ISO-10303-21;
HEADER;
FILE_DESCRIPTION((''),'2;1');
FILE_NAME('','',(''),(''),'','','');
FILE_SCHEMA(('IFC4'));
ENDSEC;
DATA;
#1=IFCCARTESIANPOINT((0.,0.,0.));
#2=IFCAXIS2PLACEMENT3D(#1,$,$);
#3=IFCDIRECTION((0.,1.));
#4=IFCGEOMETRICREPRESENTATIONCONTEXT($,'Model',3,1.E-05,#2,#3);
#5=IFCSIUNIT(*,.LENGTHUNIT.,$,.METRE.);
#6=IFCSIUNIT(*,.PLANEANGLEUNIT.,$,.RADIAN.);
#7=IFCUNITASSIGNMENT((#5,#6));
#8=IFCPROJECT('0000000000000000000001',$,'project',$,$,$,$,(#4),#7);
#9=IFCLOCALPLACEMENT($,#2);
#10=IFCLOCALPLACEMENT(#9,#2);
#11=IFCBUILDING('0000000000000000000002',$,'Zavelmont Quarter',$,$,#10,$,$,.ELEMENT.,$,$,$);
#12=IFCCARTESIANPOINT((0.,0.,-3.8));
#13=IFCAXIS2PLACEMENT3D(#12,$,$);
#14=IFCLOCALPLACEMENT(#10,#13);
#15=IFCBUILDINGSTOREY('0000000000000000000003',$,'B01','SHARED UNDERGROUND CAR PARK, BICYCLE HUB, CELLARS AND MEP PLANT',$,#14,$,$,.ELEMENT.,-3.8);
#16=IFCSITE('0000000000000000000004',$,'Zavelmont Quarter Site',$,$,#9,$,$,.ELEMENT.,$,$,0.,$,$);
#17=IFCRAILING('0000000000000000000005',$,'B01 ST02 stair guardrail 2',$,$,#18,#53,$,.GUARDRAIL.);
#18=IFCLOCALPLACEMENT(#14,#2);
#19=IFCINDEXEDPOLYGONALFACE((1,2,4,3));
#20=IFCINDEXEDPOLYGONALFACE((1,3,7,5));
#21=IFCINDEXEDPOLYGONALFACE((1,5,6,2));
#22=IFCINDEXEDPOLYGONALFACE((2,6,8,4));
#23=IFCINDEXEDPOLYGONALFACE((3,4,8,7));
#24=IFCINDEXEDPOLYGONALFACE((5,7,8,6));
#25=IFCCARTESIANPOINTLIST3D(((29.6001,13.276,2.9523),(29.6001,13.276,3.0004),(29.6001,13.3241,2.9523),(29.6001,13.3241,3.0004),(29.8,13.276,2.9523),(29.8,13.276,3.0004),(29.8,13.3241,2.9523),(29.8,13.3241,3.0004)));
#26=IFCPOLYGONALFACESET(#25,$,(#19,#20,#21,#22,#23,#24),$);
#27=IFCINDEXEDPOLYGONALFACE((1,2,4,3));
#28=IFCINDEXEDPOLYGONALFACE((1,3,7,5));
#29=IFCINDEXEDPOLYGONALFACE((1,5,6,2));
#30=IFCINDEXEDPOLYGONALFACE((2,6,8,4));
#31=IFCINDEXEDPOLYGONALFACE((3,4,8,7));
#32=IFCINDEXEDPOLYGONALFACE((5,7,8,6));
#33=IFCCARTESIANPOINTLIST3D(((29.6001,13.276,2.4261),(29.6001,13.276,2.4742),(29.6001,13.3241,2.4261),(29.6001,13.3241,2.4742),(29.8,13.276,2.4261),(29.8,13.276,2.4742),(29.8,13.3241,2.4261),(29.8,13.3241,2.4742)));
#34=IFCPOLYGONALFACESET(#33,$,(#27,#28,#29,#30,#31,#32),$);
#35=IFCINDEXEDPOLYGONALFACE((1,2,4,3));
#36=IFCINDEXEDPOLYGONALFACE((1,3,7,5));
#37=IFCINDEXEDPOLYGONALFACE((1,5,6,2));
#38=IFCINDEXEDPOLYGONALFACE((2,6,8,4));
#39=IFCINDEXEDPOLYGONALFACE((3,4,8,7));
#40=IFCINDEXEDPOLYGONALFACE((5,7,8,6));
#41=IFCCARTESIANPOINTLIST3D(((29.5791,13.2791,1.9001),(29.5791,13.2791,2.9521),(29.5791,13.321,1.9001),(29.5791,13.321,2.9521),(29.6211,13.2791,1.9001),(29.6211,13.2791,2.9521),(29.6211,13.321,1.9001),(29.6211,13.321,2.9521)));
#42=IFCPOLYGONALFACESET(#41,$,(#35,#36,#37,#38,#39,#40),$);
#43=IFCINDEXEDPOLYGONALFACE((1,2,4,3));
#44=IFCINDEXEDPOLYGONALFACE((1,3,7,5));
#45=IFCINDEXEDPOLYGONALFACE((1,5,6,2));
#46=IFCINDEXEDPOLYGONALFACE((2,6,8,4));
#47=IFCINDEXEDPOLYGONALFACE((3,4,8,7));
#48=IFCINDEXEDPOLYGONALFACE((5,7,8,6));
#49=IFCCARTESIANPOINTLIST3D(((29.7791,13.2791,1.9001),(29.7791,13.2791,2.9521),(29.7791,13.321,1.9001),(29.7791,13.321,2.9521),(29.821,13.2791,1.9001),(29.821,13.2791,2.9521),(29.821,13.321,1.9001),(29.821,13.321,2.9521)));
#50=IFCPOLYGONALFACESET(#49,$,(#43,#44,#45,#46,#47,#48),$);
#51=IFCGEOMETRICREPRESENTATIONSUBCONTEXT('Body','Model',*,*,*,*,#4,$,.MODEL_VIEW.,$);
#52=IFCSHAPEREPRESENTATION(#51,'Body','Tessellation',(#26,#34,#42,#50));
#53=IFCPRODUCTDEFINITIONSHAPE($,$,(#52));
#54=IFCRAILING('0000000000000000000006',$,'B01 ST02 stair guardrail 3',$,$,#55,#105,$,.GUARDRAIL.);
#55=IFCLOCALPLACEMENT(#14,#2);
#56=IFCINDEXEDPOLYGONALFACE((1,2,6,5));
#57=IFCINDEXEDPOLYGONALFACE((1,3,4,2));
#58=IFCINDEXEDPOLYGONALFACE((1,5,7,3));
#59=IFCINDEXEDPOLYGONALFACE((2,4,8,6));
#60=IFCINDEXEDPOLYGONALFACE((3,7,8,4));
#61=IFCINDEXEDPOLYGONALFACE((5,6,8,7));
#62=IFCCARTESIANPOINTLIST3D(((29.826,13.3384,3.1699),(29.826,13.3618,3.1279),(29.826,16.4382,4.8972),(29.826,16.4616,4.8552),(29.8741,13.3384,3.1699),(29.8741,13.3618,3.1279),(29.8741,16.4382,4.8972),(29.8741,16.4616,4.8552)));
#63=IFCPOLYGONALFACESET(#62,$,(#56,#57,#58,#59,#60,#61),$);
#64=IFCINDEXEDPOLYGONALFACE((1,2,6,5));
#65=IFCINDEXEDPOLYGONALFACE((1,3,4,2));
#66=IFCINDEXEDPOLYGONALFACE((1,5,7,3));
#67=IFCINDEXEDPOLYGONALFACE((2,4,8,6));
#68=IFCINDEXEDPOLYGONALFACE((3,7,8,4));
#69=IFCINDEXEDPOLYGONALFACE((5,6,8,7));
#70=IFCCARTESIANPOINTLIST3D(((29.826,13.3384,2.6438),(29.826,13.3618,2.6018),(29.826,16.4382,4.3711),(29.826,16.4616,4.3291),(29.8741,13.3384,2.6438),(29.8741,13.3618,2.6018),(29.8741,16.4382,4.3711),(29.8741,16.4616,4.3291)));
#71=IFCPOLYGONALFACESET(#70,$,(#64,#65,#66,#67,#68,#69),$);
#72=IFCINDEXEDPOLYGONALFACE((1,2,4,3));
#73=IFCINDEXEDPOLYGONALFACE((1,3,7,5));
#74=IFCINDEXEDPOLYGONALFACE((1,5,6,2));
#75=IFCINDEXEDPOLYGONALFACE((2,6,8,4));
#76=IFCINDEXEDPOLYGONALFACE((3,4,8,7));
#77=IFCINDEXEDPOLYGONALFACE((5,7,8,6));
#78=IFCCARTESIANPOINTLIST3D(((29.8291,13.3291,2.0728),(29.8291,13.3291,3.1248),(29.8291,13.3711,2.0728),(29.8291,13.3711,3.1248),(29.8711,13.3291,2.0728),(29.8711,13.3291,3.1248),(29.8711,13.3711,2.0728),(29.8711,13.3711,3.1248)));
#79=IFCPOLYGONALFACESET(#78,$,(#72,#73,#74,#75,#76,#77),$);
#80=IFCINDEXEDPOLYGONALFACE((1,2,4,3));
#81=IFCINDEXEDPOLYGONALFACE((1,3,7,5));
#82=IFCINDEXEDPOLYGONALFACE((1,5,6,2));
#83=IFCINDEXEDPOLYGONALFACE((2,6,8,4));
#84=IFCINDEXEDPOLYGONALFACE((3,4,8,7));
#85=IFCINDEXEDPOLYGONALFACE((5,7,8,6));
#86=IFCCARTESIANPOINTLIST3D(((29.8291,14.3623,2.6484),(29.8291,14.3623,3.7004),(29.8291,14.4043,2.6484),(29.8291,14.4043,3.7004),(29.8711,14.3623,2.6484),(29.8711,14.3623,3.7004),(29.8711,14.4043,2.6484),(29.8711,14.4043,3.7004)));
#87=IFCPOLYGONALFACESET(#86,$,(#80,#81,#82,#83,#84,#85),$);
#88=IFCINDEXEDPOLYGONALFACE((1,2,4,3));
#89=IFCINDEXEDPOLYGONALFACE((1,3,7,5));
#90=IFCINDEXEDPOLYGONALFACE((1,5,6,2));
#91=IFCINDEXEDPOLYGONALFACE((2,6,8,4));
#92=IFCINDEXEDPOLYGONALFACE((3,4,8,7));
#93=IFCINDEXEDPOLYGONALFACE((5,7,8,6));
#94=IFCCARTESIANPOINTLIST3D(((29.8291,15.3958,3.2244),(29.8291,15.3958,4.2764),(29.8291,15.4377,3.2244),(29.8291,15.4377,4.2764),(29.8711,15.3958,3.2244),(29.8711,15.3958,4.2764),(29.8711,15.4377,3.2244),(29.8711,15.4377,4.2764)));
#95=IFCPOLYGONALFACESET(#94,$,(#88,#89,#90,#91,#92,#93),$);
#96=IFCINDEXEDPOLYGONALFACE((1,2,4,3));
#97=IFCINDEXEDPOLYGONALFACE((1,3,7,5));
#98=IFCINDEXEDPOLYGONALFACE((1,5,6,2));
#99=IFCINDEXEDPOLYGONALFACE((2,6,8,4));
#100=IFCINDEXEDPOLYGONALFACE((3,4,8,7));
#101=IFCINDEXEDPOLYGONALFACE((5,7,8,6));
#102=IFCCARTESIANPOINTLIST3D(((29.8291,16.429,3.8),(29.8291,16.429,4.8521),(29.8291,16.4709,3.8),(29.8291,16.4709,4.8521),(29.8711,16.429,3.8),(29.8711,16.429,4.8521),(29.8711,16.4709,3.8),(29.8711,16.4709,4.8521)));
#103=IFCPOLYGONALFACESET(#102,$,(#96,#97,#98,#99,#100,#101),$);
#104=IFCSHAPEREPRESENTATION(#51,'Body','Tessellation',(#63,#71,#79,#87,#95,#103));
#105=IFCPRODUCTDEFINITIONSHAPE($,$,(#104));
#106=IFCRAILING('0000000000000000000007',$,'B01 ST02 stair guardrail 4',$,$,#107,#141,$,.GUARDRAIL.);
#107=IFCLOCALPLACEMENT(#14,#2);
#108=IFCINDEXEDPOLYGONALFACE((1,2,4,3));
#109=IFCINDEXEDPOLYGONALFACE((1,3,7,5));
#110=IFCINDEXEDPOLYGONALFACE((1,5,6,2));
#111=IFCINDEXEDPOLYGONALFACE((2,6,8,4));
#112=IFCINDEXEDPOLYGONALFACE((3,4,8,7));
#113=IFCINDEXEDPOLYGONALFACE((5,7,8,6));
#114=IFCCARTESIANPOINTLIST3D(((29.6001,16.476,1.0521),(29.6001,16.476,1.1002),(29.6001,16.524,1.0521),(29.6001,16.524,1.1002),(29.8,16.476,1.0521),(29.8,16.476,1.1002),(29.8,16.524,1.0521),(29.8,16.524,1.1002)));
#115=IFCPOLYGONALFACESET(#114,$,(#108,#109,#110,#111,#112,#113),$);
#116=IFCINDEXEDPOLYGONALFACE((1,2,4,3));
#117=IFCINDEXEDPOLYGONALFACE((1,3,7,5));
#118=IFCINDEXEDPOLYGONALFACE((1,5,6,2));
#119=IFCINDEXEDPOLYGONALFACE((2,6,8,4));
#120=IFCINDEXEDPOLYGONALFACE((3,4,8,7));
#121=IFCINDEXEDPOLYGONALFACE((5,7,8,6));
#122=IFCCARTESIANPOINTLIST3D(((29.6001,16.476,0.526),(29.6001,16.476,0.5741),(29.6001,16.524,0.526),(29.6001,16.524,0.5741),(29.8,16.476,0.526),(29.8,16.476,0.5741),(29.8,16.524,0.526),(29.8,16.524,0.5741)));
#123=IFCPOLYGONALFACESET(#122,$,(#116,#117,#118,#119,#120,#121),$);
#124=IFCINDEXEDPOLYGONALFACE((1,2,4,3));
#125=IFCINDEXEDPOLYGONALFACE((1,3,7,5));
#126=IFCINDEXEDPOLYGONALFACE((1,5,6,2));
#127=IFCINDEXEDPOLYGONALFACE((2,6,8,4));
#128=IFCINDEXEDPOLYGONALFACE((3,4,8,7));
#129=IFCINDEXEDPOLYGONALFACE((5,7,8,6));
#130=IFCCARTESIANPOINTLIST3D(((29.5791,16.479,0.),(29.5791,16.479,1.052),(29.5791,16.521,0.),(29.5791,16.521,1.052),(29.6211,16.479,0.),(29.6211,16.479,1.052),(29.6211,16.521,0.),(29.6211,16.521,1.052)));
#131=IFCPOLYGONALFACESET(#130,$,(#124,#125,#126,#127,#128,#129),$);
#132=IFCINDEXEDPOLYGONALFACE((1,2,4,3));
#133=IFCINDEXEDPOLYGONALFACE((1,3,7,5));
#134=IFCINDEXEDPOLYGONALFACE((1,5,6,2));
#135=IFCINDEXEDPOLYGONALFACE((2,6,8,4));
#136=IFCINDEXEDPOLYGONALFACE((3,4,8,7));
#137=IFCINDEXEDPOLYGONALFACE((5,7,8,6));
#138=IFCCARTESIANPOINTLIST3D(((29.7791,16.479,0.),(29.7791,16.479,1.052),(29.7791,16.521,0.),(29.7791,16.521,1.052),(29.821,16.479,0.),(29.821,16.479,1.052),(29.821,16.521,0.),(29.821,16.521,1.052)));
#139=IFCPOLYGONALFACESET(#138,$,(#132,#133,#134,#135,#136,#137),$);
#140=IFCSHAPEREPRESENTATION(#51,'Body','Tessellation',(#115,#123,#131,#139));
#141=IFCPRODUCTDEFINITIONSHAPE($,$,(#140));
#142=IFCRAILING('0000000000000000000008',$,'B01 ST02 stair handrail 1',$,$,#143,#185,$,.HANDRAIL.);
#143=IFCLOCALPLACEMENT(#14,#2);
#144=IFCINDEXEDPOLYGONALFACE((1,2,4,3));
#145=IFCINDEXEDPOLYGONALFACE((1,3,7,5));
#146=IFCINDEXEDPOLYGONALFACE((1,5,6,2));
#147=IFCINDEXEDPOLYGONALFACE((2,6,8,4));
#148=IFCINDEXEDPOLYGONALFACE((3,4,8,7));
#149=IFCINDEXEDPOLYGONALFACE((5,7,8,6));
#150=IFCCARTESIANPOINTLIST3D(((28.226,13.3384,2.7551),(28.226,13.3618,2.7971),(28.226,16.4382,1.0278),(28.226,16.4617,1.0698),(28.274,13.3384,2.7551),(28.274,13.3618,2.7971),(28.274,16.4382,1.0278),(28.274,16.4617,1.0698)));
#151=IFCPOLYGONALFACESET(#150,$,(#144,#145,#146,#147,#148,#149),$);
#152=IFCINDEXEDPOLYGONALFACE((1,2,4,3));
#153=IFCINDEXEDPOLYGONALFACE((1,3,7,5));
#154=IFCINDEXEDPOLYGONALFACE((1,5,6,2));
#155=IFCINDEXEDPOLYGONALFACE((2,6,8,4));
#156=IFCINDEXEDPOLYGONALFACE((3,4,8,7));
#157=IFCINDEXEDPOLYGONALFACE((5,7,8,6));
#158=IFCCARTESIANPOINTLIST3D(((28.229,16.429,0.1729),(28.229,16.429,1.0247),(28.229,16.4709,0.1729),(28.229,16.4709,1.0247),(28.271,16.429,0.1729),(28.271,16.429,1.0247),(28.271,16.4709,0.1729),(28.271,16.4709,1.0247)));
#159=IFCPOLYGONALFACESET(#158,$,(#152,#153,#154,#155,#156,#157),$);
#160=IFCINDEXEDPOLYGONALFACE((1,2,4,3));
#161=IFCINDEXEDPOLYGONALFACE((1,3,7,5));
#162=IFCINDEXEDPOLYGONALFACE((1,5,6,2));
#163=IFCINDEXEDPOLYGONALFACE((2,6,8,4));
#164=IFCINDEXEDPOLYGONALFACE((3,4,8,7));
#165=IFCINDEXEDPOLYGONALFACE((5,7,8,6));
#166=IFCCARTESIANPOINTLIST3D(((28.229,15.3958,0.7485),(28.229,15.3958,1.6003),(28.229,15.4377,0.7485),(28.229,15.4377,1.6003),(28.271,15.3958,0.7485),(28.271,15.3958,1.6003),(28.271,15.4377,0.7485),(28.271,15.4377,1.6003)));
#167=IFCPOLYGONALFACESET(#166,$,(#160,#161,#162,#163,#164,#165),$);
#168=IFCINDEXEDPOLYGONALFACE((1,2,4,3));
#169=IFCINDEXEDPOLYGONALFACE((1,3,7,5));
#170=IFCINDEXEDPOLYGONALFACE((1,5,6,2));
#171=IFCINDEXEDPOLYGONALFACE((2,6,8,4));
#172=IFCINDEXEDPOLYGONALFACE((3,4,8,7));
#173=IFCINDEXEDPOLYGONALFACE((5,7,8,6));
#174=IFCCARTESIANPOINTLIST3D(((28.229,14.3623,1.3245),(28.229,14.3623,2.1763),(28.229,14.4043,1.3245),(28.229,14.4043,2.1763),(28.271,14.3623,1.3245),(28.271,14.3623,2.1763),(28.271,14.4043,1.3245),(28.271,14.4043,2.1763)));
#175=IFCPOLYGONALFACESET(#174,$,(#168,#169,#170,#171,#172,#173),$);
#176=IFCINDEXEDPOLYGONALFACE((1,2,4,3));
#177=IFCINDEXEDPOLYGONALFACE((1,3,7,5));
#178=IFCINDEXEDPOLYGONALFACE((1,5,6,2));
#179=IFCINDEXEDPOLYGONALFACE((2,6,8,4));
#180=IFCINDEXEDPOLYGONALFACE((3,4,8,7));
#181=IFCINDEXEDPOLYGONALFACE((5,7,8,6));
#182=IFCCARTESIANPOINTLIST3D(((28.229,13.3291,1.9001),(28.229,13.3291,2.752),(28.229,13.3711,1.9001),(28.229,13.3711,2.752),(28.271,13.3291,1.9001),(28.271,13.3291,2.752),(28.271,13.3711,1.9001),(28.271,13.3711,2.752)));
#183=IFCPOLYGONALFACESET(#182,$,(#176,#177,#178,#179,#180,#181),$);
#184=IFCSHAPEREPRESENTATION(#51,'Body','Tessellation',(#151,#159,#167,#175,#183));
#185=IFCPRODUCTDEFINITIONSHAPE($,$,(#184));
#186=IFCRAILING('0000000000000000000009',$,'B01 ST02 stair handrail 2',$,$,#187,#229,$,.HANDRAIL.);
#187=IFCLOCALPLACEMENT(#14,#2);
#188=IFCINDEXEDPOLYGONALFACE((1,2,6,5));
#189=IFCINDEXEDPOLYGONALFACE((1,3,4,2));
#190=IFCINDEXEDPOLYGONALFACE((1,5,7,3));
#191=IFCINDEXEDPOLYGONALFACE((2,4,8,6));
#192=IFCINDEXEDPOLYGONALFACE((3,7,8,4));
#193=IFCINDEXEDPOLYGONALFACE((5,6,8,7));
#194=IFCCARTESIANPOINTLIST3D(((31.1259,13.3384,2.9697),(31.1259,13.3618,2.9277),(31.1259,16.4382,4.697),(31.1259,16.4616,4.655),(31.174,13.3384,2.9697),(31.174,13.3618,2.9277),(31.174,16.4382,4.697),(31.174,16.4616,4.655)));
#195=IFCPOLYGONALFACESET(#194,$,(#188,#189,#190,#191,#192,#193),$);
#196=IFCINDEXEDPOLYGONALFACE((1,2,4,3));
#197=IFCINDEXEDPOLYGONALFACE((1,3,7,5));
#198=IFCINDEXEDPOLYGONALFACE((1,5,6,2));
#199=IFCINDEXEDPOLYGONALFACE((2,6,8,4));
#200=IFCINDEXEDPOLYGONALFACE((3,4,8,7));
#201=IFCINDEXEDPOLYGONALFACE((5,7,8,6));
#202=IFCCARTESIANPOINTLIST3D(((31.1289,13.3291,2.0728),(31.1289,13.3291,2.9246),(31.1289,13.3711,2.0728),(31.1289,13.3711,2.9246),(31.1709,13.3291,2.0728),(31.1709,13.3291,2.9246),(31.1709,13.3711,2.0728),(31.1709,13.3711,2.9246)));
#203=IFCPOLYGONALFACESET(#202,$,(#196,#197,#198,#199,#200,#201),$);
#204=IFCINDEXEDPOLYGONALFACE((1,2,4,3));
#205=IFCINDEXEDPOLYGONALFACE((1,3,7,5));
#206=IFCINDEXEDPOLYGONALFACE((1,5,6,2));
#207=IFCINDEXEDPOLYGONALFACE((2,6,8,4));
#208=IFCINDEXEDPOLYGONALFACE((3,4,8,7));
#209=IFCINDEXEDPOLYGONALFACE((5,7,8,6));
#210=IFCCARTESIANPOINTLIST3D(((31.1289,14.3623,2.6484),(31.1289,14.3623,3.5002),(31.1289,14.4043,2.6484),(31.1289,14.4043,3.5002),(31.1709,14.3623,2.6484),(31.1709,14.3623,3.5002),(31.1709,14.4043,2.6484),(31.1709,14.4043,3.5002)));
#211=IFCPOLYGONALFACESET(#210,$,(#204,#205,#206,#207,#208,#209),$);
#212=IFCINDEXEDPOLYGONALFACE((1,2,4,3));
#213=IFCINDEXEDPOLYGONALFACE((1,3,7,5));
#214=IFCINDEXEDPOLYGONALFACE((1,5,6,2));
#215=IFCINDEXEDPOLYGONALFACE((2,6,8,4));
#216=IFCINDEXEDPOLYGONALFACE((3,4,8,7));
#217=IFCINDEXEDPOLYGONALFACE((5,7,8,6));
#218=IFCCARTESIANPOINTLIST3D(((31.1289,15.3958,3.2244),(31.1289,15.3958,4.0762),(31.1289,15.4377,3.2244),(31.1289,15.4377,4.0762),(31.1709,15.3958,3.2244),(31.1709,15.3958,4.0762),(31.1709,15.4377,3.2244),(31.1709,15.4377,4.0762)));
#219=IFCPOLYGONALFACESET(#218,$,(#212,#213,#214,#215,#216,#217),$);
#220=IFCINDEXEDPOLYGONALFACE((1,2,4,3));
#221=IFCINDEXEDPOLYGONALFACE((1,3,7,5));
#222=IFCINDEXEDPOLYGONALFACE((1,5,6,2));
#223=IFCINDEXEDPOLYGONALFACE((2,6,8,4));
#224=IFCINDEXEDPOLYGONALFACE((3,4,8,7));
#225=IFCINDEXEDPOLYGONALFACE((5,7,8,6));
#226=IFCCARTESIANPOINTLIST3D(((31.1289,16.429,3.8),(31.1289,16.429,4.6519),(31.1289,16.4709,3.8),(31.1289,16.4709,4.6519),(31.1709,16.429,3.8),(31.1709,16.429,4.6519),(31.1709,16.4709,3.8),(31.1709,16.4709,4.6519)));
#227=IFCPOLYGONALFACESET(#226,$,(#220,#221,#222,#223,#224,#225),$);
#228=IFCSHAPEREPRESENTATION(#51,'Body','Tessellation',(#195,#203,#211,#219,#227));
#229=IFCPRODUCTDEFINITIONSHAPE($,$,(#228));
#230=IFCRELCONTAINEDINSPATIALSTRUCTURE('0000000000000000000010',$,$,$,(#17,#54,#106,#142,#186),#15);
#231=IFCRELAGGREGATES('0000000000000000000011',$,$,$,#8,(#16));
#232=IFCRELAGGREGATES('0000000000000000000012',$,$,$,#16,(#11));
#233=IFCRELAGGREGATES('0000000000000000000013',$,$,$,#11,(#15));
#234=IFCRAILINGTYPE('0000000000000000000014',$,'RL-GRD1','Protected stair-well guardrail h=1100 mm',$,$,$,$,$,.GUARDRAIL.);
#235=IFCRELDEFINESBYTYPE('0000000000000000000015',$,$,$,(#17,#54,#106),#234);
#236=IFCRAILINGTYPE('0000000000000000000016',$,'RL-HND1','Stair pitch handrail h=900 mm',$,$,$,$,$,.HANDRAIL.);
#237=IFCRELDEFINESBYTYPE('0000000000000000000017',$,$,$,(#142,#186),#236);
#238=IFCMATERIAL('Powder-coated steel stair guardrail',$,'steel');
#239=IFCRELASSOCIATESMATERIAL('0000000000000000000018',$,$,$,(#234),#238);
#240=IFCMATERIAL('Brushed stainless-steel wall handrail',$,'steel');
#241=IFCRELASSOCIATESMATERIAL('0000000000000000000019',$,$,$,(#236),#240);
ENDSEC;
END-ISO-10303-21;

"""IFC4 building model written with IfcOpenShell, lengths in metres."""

from ifc_helpers import new_model, si_unit, direction, frame, origin, origin_2d, place, context, subcontext, project, spatial, rectangle, extrude, material, type_object, element, save


model = new_model("IFC4")

# Units and contexts
model_context = context("Model", 3, precision=1e-05, world=origin(), true_north=direction((0.0, 1.0)))
body_context = subcontext(model_context, "Body", "Model", "MODEL_VIEW")
ifc_project = project(units=[si_unit("LENGTHUNIT", "METRE"), si_unit("PLANEANGLEUNIT", "RADIAN")], contexts=[model_context])

# Site, building, storey
site_placement = place(None, origin())
site = spatial("IfcSite", under=ifc_project, at=site_placement, Name="Zavelmont Quarter Site", CompositionType="ELEMENT", RefElevation=0.0)
building_placement = place(site_placement, origin())
building = spatial("IfcBuilding", under=site, at=building_placement, Name="Zavelmont Quarter", CompositionType="ELEMENT")
storey_placement = place(building_placement, frame((0.0, 0.0, -3.8)))
storey = spatial("IfcBuildingStorey", under=building, at=storey_placement, Name="B01", Description="SHARED UNDERGROUND CAR PARK, BICYCLE HUB, CELLARS AND MEP PLANT", CompositionType="ELEMENT", Elevation=-3.8)

# Railings
ifc_material_1 = material(Name="Powder-coated steel stair guardrail", Category="steel")
railing_type_1 = type_object("IfcRailingType", Name="RL-GRD1", Description="Protected stair-well guardrail h=1100 mm", PredefinedType="GUARDRAIL", material=ifc_material_1)
railing_1_placement = place(storey_placement, frame((29.6001, 13.3, 1.9001)))
element("IfcRailing", 1, at=railing_1_placement, inside=storey, type_object=railing_type_1, Name="B01 ST02 stair guardrail 2", PredefinedType="GUARDRAIL", context=body_context, shape_type="SweptSolid", body=[
    extrude(rectangle(XDim=0.0481, YDim=0.0481, at=origin_2d()), frame((0.0, 0.0, 1.0762), z_axis=(1.0, 0.0, 0.0), x_axis=(0.0, 1.0, 0.0)), (0.0, 0.0, 1.0), 0.2),
    extrude(rectangle(XDim=0.0481, YDim=0.0481, at=origin_2d()), frame((0.0, 0.0, 0.55), z_axis=(1.0, 0.0, 0.0), x_axis=(0.0, 1.0, 0.0)), (0.0, 0.0, 1.0), 0.2),
    extrude(rectangle(XDim=0.042, YDim=0.042, at=origin_2d()), origin(), (0.0, 0.0, 1.0), 1.052),
    extrude(rectangle(XDim=0.042, YDim=0.042, at=origin_2d()), frame((0.2, 0.0, 0.0)), (0.0, 0.0, 1.0), 1.052),
])
railing_2_placement = place(storey_placement, frame((29.8501, 13.3501, 2.0728)))
element("IfcRailing", 2, at=railing_2_placement, inside=storey, type_object=railing_type_1, Name="B01 ST02 stair guardrail 3", PredefinedType="GUARDRAIL", context=body_context, shape_type="SweptSolid", body=[
    extrude(rectangle(XDim=0.0481, YDim=0.0481, at=origin_2d()), frame((0.0, 0.0, 1.0762), z_axis=(0.0, 0.87354, 0.486752), x_axis=(-1.0, 0.0, 0.0)), (0.0, 0.0, 1.0), 3.5486),
    extrude(rectangle(XDim=0.0481, YDim=0.0481, at=origin_2d()), frame((0.0, 0.0, 0.55), z_axis=(0.0, 0.87354, 0.486752), x_axis=(-1.0, 0.0, 0.0)), (0.0, 0.0, 1.0), 3.5486),
    extrude(rectangle(XDim=0.042, YDim=0.042, at=origin_2d()), origin(), (0.0, 0.0, 1.0), 1.052),
    extrude(rectangle(XDim=0.042, YDim=0.042, at=origin_2d()), frame((0.0, 1.0332, 0.5757)), (0.0, 0.0, 1.0), 1.052),
    extrude(rectangle(XDim=0.042, YDim=0.042, at=origin_2d()), frame((0.0, 2.0667, 1.1516)), (0.0, 0.0, 1.0), 1.052),
    extrude(rectangle(XDim=0.042, YDim=0.042, at=origin_2d()), frame((0.0, 3.0999, 1.7273)), (0.0, 0.0, 1.0), 1.052),
])
railing_3_placement = place(storey_placement, frame((29.6001, 16.5, 0.0)))
element("IfcRailing", 3, at=railing_3_placement, inside=storey, type_object=railing_type_1, Name="B01 ST02 stair guardrail 4", PredefinedType="GUARDRAIL", context=body_context, shape_type="SweptSolid", body=[
    extrude(rectangle(XDim=0.0481, YDim=0.0481, at=origin_2d()), frame((0.0, 0.0, 1.0762), z_axis=(1.0, 0.0, 0.0), x_axis=(0.0, 1.0, 0.0)), (0.0, 0.0, 1.0), 0.2),
    extrude(rectangle(XDim=0.0481, YDim=0.0481, at=origin_2d()), frame((0.0, 0.0, 0.55), z_axis=(1.0, 0.0, 0.0), x_axis=(0.0, 1.0, 0.0)), (0.0, 0.0, 1.0), 0.2),
    extrude(rectangle(XDim=0.042, YDim=0.042, at=origin_2d()), origin(), (0.0, 0.0, 1.0), 1.052),
    extrude(rectangle(XDim=0.042, YDim=0.042, at=origin_2d()), frame((0.2, 0.0, 0.0)), (0.0, 0.0, 1.0), 1.052),
])
ifc_material_2 = material(Name="Brushed stainless-steel wall handrail", Category="steel")
railing_type_2 = type_object("IfcRailingType", Name="RL-HND1", Description="Stair pitch handrail h=900 mm", PredefinedType="HANDRAIL", material=ifc_material_2)
railing_4_placement = place(storey_placement, frame((28.25, 16.45, 0.1729)))
element("IfcRailing", 4, at=railing_4_placement, inside=storey, type_object=railing_type_2, Name="B01 ST02 stair handrail 1", PredefinedType="HANDRAIL", context=body_context, shape_type="SweptSolid", body=[
    extrude(rectangle(XDim=0.0481, YDim=0.0481, at=origin_2d()), frame((0.0, 0.0, 0.876), z_axis=(0.0, -0.87354, 0.486752), x_axis=(1.0, 0.0, 0.0)), (0.0, 0.0, 1.0), 3.5486),
    extrude(rectangle(XDim=0.042, YDim=0.042, at=origin_2d()), origin(), (0.0, 0.0, 1.0), 0.8518),
    extrude(rectangle(XDim=0.042, YDim=0.042, at=origin_2d()), frame((0.0, -1.0332, 0.5757)), (0.0, 0.0, 1.0), 0.8518),
    extrude(rectangle(XDim=0.042, YDim=0.042, at=origin_2d()), frame((0.0, -2.0667, 1.1516)), (0.0, 0.0, 1.0), 0.8518),
    extrude(rectangle(XDim=0.042, YDim=0.042, at=origin_2d()), frame((0.0, -3.0999, 1.7273)), (0.0, 0.0, 1.0), 0.8518),
])
railing_5_placement = place(storey_placement, frame((31.1499, 13.3501, 2.0728)))
element("IfcRailing", 5, at=railing_5_placement, inside=storey, type_object=railing_type_2, Name="B01 ST02 stair handrail 2", PredefinedType="HANDRAIL", context=body_context, shape_type="SweptSolid", body=[
    extrude(rectangle(XDim=0.0481, YDim=0.0481, at=origin_2d()), frame((0.0, 0.0, 0.876), z_axis=(0.0, 0.87354, 0.486752), x_axis=(-1.0, 0.0, 0.0)), (0.0, 0.0, 1.0), 3.5486),
    extrude(rectangle(XDim=0.042, YDim=0.042, at=origin_2d()), origin(), (0.0, 0.0, 1.0), 0.8518),
    extrude(rectangle(XDim=0.042, YDim=0.042, at=origin_2d()), frame((0.0, 1.0332, 0.5757)), (0.0, 0.0, 1.0), 0.8518),
    extrude(rectangle(XDim=0.042, YDim=0.042, at=origin_2d()), frame((0.0, 2.0667, 1.1516)), (0.0, 0.0, 1.0), 0.8518),
    extrude(rectangle(XDim=0.042, YDim=0.042, at=origin_2d()), frame((0.0, 3.0999, 1.7273)), (0.0, 0.0, 1.0), 0.8518),
])

save(model, "model.ifc")
